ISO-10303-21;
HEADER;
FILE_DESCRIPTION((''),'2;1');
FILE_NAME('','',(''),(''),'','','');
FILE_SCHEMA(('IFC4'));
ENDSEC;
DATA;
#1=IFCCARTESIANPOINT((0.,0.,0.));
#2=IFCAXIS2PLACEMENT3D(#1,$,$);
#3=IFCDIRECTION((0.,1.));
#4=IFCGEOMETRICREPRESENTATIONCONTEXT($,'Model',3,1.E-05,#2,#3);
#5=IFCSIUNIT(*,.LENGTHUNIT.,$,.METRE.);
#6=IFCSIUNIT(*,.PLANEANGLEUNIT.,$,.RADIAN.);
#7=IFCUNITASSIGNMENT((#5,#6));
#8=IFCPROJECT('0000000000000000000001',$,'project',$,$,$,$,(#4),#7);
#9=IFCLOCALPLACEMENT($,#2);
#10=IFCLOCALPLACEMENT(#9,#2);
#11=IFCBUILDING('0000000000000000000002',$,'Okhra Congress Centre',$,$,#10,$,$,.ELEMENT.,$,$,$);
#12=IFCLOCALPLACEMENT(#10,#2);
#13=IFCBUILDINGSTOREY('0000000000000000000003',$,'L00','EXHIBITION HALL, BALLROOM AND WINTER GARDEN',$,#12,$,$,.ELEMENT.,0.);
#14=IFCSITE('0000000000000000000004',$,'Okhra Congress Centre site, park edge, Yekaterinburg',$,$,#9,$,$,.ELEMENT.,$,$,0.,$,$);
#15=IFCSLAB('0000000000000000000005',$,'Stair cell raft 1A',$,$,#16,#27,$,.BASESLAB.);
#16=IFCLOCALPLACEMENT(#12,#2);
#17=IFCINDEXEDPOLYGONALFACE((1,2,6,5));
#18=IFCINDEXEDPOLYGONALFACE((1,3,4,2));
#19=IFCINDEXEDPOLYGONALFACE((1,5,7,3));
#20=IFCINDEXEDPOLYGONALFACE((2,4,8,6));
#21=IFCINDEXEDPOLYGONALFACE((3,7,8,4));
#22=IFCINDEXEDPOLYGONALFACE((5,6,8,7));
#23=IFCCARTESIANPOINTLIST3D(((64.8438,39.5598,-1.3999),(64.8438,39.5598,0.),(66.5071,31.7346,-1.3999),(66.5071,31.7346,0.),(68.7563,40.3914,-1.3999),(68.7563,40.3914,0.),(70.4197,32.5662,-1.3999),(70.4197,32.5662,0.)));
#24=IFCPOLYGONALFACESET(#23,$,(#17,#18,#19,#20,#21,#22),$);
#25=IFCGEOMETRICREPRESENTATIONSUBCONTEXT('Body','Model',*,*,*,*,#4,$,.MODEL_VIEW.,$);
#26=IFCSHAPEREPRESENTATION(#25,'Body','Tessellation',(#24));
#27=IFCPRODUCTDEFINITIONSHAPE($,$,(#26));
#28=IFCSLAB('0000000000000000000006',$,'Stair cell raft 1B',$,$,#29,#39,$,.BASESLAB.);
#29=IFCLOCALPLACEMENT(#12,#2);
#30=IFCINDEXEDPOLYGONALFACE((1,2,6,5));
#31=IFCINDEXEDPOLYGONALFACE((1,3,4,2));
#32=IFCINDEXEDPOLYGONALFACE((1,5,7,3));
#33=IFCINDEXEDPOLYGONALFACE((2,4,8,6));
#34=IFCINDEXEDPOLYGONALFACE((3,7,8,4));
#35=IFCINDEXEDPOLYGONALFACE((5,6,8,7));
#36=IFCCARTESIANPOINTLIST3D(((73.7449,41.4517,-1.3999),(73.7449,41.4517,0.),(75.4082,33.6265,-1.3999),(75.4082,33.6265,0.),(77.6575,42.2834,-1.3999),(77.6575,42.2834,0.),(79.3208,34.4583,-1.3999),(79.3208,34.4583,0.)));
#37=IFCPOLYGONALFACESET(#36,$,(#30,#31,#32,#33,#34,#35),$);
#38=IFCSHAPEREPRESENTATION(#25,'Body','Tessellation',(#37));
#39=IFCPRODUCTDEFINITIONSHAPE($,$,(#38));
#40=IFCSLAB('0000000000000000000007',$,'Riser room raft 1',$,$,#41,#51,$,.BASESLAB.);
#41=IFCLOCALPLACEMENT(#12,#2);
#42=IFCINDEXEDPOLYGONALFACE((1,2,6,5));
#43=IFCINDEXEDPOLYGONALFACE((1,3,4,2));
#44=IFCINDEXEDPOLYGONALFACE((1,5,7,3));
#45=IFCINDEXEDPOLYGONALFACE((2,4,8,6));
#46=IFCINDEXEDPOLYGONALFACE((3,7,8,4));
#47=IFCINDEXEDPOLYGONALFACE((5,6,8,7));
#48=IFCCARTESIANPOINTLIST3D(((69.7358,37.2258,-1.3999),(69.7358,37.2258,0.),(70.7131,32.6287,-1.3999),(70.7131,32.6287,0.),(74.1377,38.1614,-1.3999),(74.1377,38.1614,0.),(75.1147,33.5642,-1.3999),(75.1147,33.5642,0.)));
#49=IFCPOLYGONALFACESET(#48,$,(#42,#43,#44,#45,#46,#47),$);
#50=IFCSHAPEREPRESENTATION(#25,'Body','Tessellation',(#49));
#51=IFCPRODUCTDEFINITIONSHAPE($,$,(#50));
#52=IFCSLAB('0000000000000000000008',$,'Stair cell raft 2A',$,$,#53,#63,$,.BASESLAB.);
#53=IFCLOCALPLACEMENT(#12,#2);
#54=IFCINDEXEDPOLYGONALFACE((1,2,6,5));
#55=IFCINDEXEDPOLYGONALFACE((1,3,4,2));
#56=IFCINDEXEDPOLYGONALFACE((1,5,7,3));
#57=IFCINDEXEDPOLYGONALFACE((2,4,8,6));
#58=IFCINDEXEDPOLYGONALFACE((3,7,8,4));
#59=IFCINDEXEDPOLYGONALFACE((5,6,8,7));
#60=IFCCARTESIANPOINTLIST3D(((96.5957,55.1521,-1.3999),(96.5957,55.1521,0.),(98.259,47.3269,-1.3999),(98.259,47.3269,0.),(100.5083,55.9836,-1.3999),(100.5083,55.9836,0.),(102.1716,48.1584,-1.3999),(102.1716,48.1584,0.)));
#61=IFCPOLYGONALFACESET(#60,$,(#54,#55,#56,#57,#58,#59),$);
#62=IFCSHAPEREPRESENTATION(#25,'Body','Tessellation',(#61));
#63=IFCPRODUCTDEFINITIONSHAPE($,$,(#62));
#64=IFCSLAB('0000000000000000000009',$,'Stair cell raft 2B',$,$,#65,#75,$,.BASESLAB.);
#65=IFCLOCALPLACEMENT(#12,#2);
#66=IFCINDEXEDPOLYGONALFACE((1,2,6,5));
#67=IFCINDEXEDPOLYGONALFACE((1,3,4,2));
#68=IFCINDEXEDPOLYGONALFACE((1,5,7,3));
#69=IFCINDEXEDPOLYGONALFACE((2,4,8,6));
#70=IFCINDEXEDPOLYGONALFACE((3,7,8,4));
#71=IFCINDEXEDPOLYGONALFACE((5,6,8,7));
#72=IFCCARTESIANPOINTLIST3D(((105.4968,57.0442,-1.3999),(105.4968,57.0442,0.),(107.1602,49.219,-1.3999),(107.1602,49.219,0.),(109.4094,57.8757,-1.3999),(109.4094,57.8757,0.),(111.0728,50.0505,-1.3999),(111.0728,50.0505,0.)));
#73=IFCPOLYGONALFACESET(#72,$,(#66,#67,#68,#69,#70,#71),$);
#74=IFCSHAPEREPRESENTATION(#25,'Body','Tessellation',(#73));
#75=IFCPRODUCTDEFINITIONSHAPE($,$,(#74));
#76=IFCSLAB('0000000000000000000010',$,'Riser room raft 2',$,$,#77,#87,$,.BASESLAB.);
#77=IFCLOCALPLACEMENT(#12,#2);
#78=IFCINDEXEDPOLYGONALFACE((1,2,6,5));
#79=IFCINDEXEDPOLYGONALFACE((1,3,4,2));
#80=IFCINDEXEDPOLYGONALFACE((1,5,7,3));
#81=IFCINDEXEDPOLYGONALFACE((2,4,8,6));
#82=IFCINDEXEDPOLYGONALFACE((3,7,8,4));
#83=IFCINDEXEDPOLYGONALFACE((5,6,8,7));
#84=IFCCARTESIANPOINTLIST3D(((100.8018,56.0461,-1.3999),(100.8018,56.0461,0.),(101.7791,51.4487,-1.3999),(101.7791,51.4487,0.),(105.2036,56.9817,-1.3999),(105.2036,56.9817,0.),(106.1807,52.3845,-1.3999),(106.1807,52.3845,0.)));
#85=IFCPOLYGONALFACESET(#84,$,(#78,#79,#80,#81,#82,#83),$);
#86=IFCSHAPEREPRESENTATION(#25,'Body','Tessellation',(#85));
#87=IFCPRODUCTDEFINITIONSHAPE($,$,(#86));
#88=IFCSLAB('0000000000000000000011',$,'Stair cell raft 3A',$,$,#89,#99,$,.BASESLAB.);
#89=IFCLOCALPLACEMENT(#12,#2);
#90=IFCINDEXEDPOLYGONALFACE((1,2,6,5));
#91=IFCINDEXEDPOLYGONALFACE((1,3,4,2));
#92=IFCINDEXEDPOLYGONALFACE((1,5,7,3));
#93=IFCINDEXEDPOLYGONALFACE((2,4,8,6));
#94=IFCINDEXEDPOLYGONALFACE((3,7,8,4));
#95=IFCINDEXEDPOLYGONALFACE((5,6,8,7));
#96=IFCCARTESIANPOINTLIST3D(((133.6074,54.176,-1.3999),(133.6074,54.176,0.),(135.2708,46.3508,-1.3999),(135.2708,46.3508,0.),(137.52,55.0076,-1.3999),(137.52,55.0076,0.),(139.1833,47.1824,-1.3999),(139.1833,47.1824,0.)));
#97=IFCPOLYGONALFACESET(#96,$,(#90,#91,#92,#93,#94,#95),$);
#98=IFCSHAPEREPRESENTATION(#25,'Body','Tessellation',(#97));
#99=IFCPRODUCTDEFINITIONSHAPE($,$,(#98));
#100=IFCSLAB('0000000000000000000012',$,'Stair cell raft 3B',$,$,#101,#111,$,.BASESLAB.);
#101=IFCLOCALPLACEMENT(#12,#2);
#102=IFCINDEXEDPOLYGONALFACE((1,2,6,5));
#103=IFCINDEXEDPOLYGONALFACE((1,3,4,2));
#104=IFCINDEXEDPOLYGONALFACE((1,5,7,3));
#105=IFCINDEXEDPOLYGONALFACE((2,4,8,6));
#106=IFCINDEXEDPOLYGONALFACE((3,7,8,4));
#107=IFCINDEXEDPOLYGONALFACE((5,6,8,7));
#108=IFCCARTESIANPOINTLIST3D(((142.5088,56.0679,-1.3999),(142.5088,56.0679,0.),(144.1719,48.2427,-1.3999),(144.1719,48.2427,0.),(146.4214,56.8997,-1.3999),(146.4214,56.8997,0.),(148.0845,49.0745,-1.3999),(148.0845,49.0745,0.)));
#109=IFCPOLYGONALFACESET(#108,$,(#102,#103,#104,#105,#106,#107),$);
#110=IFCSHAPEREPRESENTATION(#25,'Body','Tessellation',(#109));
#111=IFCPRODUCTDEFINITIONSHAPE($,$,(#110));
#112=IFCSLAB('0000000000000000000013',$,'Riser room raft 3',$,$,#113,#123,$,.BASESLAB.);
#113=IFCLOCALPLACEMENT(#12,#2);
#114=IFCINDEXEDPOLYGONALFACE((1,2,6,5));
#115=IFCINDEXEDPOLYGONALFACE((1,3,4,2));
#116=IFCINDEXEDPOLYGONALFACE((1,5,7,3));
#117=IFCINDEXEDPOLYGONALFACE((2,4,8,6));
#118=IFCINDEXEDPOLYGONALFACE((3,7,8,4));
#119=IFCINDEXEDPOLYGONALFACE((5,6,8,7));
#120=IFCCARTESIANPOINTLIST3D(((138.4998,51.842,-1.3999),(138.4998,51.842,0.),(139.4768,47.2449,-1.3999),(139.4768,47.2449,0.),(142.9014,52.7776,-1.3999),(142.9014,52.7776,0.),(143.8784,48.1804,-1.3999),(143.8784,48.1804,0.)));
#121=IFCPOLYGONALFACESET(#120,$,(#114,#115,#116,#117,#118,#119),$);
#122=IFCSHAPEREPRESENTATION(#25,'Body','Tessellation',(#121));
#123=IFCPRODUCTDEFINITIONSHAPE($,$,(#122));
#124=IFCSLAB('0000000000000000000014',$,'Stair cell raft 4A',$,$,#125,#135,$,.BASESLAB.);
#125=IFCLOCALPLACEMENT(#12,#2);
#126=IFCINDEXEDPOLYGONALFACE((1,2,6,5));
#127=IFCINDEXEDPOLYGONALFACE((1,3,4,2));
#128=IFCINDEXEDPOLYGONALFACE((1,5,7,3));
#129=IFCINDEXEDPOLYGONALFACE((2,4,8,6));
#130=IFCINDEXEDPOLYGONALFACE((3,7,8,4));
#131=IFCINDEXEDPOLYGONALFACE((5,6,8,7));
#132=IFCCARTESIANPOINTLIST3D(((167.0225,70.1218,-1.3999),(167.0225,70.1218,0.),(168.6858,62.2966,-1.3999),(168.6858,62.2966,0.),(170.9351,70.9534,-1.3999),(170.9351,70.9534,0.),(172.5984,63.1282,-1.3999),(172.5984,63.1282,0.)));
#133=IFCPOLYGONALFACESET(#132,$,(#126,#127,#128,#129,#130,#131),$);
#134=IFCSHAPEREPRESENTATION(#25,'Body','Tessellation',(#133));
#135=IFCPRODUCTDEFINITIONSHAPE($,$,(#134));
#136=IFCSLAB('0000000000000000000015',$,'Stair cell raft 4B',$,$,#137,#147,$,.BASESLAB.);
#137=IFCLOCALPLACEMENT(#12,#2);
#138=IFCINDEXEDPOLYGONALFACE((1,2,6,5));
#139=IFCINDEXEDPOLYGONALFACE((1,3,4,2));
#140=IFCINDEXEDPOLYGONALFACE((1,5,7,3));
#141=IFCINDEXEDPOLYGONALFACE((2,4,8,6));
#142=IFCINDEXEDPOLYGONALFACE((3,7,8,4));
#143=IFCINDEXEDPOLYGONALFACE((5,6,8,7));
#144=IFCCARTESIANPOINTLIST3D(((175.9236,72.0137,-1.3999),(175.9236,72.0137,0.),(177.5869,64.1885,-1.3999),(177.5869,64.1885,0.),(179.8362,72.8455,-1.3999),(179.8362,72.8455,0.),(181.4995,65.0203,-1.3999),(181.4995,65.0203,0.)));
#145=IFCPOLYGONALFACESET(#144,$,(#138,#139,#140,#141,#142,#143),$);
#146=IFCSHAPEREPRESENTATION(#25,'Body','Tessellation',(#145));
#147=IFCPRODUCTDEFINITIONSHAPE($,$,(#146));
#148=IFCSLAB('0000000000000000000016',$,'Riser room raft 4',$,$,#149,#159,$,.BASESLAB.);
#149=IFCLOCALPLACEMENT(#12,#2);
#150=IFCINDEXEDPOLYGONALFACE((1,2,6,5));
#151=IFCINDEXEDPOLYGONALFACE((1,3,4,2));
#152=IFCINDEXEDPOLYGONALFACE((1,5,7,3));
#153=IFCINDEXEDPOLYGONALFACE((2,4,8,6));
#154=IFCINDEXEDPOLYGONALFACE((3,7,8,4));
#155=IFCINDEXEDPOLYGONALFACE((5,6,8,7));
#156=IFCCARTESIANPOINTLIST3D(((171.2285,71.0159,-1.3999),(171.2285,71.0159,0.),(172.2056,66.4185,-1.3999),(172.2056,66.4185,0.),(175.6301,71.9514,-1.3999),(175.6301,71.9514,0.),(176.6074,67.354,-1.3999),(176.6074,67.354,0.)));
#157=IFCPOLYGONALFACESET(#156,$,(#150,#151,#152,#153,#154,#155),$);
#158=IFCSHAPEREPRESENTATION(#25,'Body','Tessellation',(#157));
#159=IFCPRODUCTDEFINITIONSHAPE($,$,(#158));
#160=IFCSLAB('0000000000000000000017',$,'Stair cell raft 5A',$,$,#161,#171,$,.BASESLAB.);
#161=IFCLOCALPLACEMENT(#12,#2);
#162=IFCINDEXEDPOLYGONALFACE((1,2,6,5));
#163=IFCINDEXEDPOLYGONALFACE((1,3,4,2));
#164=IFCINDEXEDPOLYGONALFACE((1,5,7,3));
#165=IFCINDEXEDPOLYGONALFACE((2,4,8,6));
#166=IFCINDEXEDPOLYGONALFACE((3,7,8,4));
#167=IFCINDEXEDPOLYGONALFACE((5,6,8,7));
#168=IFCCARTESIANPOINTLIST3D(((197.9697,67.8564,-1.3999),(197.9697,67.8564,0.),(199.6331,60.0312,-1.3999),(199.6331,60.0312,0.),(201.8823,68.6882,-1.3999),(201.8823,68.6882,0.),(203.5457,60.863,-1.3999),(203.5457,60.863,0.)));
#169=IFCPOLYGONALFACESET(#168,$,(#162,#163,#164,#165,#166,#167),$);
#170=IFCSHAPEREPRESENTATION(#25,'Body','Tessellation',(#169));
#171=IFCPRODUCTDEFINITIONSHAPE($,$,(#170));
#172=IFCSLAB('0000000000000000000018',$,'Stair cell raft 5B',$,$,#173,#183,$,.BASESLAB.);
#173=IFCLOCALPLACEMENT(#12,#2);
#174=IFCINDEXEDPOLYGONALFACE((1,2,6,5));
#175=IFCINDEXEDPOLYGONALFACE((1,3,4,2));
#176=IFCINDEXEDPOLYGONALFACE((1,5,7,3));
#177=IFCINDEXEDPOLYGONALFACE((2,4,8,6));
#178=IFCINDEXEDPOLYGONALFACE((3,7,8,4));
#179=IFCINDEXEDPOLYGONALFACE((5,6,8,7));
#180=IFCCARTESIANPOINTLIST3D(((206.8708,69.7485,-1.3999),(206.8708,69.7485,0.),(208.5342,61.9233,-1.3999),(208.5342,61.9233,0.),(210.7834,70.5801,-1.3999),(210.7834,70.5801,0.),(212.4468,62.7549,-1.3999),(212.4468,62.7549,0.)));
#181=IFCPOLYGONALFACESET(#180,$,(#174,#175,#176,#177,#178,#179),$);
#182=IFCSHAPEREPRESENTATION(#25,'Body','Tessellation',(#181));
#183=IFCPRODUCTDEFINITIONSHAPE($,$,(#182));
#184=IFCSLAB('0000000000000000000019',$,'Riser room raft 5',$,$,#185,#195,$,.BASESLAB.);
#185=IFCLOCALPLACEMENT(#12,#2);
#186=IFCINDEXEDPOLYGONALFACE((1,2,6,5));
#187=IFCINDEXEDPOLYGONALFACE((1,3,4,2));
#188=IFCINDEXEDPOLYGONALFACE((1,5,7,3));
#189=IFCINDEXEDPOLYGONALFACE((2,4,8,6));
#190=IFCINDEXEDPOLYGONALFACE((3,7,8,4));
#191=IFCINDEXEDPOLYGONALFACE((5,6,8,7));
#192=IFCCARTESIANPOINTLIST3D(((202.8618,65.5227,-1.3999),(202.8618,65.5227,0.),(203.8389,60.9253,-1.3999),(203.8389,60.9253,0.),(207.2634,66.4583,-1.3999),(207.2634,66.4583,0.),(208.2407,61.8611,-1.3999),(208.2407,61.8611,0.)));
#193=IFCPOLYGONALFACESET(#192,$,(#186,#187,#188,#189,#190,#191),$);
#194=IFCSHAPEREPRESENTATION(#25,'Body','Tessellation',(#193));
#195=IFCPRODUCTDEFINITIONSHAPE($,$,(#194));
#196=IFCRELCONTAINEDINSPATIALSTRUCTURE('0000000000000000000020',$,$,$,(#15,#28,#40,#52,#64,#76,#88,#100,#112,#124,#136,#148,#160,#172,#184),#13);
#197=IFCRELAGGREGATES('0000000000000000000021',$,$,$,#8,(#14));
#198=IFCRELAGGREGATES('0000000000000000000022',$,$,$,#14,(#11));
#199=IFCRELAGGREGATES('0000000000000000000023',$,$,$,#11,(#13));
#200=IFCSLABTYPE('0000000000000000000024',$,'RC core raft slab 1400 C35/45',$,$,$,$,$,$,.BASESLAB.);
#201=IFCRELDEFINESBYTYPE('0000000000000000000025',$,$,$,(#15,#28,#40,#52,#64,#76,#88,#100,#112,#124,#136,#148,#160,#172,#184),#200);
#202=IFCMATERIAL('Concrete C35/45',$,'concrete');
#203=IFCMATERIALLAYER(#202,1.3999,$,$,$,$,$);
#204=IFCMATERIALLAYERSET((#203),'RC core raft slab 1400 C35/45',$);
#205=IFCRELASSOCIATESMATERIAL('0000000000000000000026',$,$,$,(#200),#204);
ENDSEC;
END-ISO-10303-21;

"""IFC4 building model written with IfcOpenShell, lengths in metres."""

from ifc_helpers import new_model, si_unit, direction, frame, origin, place, context, subcontext, project, spatial, polyline, outline, extrude, material, layer, layer_set, type_object, element, save


model = new_model("IFC4")

# Units and contexts
model_context = context("Model", 3, precision=1e-05, world=origin(), true_north=direction((0.0, 1.0)))
body_context = subcontext(model_context, "Body", "Model", "MODEL_VIEW")
ifc_project = project(units=[si_unit("LENGTHUNIT", "METRE"), si_unit("PLANEANGLEUNIT", "RADIAN")], contexts=[model_context])

# Site, building, storey
site_placement = place(None, origin())
site = spatial("IfcSite", under=ifc_project, at=site_placement, Name="Okhra Congress Centre site, park edge, Yekaterinburg", CompositionType="ELEMENT", RefElevation=0.0)
building_placement = place(site_placement, origin())
building = spatial("IfcBuilding", under=site, at=building_placement, Name="Okhra Congress Centre", CompositionType="ELEMENT")
storey_placement = place(building_placement, origin())
storey = spatial("IfcBuildingStorey", under=building, at=storey_placement, Name="L00", Description="EXHIBITION HALL, BALLROOM AND WINTER GARDEN", CompositionType="ELEMENT", Elevation=0.0)

# Slabs
ifc_material_1 = material(Name="Concrete C35/45", Category="concrete")
ifc_layer_1 = layer(ifc_material_1, 1.3999)
ifc_layer_set_1 = layer_set([ifc_layer_1], Name="RC core raft slab 1400 C35/45")
slab_type_1 = type_object("IfcSlabType", Name="RC core raft slab 1400 C35/45", PredefinedType="BASESLAB", material=ifc_layer_set_1)
slab_1_placement = place(storey_placement, frame((0.0, 0.0, -1.3999)))
element("IfcSlab", 1, at=slab_1_placement, inside=storey, type_object=slab_type_1, Name="Stair cell raft 1A", PredefinedType="BASESLAB", context=body_context, shape_type="SweptSolid", body=[
    extrude(outline(polyline([(70.4197, 32.5662), (68.7563, 40.3914), (64.8438, 39.5598), (66.5071, 31.7346), (70.4197, 32.5662)])), origin(), (0.0, 0.0, 1.0), 1.3999),
])
slab_2_placement = place(storey_placement, frame((0.0, 0.0, -1.3999)))
element("IfcSlab", 2, at=slab_2_placement, inside=storey, type_object=slab_type_1, Name="Stair cell raft 1B", PredefinedType="BASESLAB", context=body_context, shape_type="SweptSolid", body=[
    extrude(outline(polyline([(79.3208, 34.4583), (77.6575, 42.2834), (73.7449, 41.4517), (75.4082, 33.6265), (79.3208, 34.4583)])), origin(), (0.0, 0.0, 1.0), 1.3999),
])
slab_3_placement = place(storey_placement, frame((0.0, 0.0, -1.3999)))
element("IfcSlab", 3, at=slab_3_placement, inside=storey, type_object=slab_type_1, Name="Riser room raft 1", PredefinedType="BASESLAB", context=body_context, shape_type="SweptSolid", body=[
    extrude(outline(polyline([(70.7131, 32.6287), (75.1147, 33.5642), (74.1377, 38.1614), (69.7358, 37.2258), (70.7131, 32.6287)])), origin(), (0.0, 0.0, 1.0), 1.3999),
])
slab_4_placement = place(storey_placement, frame((0.0, 0.0, -1.3999)))
element("IfcSlab", 4, at=slab_4_placement, inside=storey, type_object=slab_type_1, Name="Stair cell raft 2A", PredefinedType="BASESLAB", context=body_context, shape_type="SweptSolid", body=[
    extrude(outline(polyline([(96.5957, 55.1521), (98.259, 47.3269), (102.1716, 48.1584), (100.5083, 55.9836), (96.5957, 55.1521)])), origin(), (0.0, 0.0, 1.0), 1.3999),
])
slab_5_placement = place(storey_placement, frame((0.0, 0.0, -1.3999)))
element("IfcSlab", 5, at=slab_5_placement, inside=storey, type_object=slab_type_1, Name="Stair cell raft 2B", PredefinedType="BASESLAB", context=body_context, shape_type="SweptSolid", body=[
    extrude(outline(polyline([(105.4968, 57.0442), (107.1602, 49.219), (111.0728, 50.0505), (109.4094, 57.8757), (105.4968, 57.0442)])), origin(), (0.0, 0.0, 1.0), 1.3999),
])
slab_6_placement = place(storey_placement, frame((0.0, 0.0, -1.3999)))
element("IfcSlab", 6, at=slab_6_placement, inside=storey, type_object=slab_type_1, Name="Riser room raft 2", PredefinedType="BASESLAB", context=body_context, shape_type="SweptSolid", body=[
    extrude(outline(polyline([(101.7791, 51.4487), (106.1807, 52.3845), (105.2036, 56.9817), (100.8018, 56.0461), (101.7791, 51.4487)])), origin(), (0.0, 0.0, 1.0), 1.3999),
])
slab_7_placement = place(storey_placement, frame((0.0, 0.0, -1.3999)))
element("IfcSlab", 7, at=slab_7_placement, inside=storey, type_object=slab_type_1, Name="Stair cell raft 3A", PredefinedType="BASESLAB", context=body_context, shape_type="SweptSolid", body=[
    extrude(outline(polyline([(139.1833, 47.1824), (137.52, 55.0076), (133.6074, 54.176), (135.2708, 46.3508), (139.1833, 47.1824)])), origin(), (0.0, 0.0, 1.0), 1.3999),
])
slab_8_placement = place(storey_placement, frame((0.0, 0.0, -1.3999)))
element("IfcSlab", 8, at=slab_8_placement, inside=storey, type_object=slab_type_1, Name="Stair cell raft 3B", PredefinedType="BASESLAB", context=body_context, shape_type="SweptSolid", body=[
    extrude(outline(polyline([(148.0845, 49.0745), (146.4214, 56.8997), (142.5088, 56.0679), (144.1719, 48.2427), (148.0845, 49.0745)])), origin(), (0.0, 0.0, 1.0), 1.3999),
])
slab_9_placement = place(storey_placement, frame((0.0, 0.0, -1.3999)))
element("IfcSlab", 9, at=slab_9_placement, inside=storey, type_object=slab_type_1, Name="Riser room raft 3", PredefinedType="BASESLAB", context=body_context, shape_type="SweptSolid", body=[
    extrude(outline(polyline([(139.4768, 47.2449), (143.8784, 48.1804), (142.9014, 52.7776), (138.4998, 51.842), (139.4768, 47.2449)])), origin(), (0.0, 0.0, 1.0), 1.3999),
])
slab_10_placement = place(storey_placement, frame((0.0, 0.0, -1.3999)))
element("IfcSlab", 10, at=slab_10_placement, inside=storey, type_object=slab_type_1, Name="Stair cell raft 4A", PredefinedType="BASESLAB", context=body_context, shape_type="SweptSolid", body=[
    extrude(outline(polyline([(167.0225, 70.1218), (168.6858, 62.2966), (172.5984, 63.1282), (170.9351, 70.9534), (167.0225, 70.1218)])), origin(), (0.0, 0.0, 1.0), 1.3999),
])
slab_11_placement = place(storey_placement, frame((0.0, 0.0, -1.3999)))
element("IfcSlab", 11, at=slab_11_placement, inside=storey, type_object=slab_type_1, Name="Stair cell raft 4B", PredefinedType="BASESLAB", context=body_context, shape_type="SweptSolid", body=[
    extrude(outline(polyline([(175.9236, 72.0137), (177.5869, 64.1885), (181.4995, 65.0203), (179.8362, 72.8455), (175.9236, 72.0137)])), origin(), (0.0, 0.0, 1.0), 1.3999),
])
slab_12_placement = place(storey_placement, frame((0.0, 0.0, -1.3999)))
element("IfcSlab", 12, at=slab_12_placement, inside=storey, type_object=slab_type_1, Name="Riser room raft 4", PredefinedType="BASESLAB", context=body_context, shape_type="SweptSolid", body=[
    extrude(outline(polyline([(172.2056, 66.4185), (176.6074, 67.354), (175.6301, 71.9514), (171.2285, 71.0159), (172.2056, 66.4185)])), origin(), (0.0, 0.0, 1.0), 1.3999),
])
slab_13_placement = place(storey_placement, frame((0.0, 0.0, -1.3999)))
element("IfcSlab", 13, at=slab_13_placement, inside=storey, type_object=slab_type_1, Name="Stair cell raft 5A", PredefinedType="BASESLAB", context=body_context, shape_type="SweptSolid", body=[
    extrude(outline(polyline([(203.5457, 60.863), (201.8823, 68.6882), (197.9697, 67.8564), (199.6331, 60.0312), (203.5457, 60.863)])), origin(), (0.0, 0.0, 1.0), 1.3999),
])
slab_14_placement = place(storey_placement, frame((0.0, 0.0, -1.3999)))
element("IfcSlab", 14, at=slab_14_placement, inside=storey, type_object=slab_type_1, Name="Stair cell raft 5B", PredefinedType="BASESLAB", context=body_context, shape_type="SweptSolid", body=[
    extrude(outline(polyline([(212.4468, 62.7549), (210.7834, 70.5801), (206.8708, 69.7485), (208.5342, 61.9233), (212.4468, 62.7549)])), origin(), (0.0, 0.0, 1.0), 1.3999),
])
slab_15_placement = place(storey_placement, frame((0.0, 0.0, -1.3999)))
element("IfcSlab", 15, at=slab_15_placement, inside=storey, type_object=slab_type_1, Name="Riser room raft 5", PredefinedType="BASESLAB", context=body_context, shape_type="SweptSolid", body=[
    extrude(outline(polyline([(203.8389, 60.9253), (208.2407, 61.8611), (207.2634, 66.4583), (202.8618, 65.5227), (203.8389, 60.9253)])), origin(), (0.0, 0.0, 1.0), 1.3999),
])

save(model, "model.ifc")
